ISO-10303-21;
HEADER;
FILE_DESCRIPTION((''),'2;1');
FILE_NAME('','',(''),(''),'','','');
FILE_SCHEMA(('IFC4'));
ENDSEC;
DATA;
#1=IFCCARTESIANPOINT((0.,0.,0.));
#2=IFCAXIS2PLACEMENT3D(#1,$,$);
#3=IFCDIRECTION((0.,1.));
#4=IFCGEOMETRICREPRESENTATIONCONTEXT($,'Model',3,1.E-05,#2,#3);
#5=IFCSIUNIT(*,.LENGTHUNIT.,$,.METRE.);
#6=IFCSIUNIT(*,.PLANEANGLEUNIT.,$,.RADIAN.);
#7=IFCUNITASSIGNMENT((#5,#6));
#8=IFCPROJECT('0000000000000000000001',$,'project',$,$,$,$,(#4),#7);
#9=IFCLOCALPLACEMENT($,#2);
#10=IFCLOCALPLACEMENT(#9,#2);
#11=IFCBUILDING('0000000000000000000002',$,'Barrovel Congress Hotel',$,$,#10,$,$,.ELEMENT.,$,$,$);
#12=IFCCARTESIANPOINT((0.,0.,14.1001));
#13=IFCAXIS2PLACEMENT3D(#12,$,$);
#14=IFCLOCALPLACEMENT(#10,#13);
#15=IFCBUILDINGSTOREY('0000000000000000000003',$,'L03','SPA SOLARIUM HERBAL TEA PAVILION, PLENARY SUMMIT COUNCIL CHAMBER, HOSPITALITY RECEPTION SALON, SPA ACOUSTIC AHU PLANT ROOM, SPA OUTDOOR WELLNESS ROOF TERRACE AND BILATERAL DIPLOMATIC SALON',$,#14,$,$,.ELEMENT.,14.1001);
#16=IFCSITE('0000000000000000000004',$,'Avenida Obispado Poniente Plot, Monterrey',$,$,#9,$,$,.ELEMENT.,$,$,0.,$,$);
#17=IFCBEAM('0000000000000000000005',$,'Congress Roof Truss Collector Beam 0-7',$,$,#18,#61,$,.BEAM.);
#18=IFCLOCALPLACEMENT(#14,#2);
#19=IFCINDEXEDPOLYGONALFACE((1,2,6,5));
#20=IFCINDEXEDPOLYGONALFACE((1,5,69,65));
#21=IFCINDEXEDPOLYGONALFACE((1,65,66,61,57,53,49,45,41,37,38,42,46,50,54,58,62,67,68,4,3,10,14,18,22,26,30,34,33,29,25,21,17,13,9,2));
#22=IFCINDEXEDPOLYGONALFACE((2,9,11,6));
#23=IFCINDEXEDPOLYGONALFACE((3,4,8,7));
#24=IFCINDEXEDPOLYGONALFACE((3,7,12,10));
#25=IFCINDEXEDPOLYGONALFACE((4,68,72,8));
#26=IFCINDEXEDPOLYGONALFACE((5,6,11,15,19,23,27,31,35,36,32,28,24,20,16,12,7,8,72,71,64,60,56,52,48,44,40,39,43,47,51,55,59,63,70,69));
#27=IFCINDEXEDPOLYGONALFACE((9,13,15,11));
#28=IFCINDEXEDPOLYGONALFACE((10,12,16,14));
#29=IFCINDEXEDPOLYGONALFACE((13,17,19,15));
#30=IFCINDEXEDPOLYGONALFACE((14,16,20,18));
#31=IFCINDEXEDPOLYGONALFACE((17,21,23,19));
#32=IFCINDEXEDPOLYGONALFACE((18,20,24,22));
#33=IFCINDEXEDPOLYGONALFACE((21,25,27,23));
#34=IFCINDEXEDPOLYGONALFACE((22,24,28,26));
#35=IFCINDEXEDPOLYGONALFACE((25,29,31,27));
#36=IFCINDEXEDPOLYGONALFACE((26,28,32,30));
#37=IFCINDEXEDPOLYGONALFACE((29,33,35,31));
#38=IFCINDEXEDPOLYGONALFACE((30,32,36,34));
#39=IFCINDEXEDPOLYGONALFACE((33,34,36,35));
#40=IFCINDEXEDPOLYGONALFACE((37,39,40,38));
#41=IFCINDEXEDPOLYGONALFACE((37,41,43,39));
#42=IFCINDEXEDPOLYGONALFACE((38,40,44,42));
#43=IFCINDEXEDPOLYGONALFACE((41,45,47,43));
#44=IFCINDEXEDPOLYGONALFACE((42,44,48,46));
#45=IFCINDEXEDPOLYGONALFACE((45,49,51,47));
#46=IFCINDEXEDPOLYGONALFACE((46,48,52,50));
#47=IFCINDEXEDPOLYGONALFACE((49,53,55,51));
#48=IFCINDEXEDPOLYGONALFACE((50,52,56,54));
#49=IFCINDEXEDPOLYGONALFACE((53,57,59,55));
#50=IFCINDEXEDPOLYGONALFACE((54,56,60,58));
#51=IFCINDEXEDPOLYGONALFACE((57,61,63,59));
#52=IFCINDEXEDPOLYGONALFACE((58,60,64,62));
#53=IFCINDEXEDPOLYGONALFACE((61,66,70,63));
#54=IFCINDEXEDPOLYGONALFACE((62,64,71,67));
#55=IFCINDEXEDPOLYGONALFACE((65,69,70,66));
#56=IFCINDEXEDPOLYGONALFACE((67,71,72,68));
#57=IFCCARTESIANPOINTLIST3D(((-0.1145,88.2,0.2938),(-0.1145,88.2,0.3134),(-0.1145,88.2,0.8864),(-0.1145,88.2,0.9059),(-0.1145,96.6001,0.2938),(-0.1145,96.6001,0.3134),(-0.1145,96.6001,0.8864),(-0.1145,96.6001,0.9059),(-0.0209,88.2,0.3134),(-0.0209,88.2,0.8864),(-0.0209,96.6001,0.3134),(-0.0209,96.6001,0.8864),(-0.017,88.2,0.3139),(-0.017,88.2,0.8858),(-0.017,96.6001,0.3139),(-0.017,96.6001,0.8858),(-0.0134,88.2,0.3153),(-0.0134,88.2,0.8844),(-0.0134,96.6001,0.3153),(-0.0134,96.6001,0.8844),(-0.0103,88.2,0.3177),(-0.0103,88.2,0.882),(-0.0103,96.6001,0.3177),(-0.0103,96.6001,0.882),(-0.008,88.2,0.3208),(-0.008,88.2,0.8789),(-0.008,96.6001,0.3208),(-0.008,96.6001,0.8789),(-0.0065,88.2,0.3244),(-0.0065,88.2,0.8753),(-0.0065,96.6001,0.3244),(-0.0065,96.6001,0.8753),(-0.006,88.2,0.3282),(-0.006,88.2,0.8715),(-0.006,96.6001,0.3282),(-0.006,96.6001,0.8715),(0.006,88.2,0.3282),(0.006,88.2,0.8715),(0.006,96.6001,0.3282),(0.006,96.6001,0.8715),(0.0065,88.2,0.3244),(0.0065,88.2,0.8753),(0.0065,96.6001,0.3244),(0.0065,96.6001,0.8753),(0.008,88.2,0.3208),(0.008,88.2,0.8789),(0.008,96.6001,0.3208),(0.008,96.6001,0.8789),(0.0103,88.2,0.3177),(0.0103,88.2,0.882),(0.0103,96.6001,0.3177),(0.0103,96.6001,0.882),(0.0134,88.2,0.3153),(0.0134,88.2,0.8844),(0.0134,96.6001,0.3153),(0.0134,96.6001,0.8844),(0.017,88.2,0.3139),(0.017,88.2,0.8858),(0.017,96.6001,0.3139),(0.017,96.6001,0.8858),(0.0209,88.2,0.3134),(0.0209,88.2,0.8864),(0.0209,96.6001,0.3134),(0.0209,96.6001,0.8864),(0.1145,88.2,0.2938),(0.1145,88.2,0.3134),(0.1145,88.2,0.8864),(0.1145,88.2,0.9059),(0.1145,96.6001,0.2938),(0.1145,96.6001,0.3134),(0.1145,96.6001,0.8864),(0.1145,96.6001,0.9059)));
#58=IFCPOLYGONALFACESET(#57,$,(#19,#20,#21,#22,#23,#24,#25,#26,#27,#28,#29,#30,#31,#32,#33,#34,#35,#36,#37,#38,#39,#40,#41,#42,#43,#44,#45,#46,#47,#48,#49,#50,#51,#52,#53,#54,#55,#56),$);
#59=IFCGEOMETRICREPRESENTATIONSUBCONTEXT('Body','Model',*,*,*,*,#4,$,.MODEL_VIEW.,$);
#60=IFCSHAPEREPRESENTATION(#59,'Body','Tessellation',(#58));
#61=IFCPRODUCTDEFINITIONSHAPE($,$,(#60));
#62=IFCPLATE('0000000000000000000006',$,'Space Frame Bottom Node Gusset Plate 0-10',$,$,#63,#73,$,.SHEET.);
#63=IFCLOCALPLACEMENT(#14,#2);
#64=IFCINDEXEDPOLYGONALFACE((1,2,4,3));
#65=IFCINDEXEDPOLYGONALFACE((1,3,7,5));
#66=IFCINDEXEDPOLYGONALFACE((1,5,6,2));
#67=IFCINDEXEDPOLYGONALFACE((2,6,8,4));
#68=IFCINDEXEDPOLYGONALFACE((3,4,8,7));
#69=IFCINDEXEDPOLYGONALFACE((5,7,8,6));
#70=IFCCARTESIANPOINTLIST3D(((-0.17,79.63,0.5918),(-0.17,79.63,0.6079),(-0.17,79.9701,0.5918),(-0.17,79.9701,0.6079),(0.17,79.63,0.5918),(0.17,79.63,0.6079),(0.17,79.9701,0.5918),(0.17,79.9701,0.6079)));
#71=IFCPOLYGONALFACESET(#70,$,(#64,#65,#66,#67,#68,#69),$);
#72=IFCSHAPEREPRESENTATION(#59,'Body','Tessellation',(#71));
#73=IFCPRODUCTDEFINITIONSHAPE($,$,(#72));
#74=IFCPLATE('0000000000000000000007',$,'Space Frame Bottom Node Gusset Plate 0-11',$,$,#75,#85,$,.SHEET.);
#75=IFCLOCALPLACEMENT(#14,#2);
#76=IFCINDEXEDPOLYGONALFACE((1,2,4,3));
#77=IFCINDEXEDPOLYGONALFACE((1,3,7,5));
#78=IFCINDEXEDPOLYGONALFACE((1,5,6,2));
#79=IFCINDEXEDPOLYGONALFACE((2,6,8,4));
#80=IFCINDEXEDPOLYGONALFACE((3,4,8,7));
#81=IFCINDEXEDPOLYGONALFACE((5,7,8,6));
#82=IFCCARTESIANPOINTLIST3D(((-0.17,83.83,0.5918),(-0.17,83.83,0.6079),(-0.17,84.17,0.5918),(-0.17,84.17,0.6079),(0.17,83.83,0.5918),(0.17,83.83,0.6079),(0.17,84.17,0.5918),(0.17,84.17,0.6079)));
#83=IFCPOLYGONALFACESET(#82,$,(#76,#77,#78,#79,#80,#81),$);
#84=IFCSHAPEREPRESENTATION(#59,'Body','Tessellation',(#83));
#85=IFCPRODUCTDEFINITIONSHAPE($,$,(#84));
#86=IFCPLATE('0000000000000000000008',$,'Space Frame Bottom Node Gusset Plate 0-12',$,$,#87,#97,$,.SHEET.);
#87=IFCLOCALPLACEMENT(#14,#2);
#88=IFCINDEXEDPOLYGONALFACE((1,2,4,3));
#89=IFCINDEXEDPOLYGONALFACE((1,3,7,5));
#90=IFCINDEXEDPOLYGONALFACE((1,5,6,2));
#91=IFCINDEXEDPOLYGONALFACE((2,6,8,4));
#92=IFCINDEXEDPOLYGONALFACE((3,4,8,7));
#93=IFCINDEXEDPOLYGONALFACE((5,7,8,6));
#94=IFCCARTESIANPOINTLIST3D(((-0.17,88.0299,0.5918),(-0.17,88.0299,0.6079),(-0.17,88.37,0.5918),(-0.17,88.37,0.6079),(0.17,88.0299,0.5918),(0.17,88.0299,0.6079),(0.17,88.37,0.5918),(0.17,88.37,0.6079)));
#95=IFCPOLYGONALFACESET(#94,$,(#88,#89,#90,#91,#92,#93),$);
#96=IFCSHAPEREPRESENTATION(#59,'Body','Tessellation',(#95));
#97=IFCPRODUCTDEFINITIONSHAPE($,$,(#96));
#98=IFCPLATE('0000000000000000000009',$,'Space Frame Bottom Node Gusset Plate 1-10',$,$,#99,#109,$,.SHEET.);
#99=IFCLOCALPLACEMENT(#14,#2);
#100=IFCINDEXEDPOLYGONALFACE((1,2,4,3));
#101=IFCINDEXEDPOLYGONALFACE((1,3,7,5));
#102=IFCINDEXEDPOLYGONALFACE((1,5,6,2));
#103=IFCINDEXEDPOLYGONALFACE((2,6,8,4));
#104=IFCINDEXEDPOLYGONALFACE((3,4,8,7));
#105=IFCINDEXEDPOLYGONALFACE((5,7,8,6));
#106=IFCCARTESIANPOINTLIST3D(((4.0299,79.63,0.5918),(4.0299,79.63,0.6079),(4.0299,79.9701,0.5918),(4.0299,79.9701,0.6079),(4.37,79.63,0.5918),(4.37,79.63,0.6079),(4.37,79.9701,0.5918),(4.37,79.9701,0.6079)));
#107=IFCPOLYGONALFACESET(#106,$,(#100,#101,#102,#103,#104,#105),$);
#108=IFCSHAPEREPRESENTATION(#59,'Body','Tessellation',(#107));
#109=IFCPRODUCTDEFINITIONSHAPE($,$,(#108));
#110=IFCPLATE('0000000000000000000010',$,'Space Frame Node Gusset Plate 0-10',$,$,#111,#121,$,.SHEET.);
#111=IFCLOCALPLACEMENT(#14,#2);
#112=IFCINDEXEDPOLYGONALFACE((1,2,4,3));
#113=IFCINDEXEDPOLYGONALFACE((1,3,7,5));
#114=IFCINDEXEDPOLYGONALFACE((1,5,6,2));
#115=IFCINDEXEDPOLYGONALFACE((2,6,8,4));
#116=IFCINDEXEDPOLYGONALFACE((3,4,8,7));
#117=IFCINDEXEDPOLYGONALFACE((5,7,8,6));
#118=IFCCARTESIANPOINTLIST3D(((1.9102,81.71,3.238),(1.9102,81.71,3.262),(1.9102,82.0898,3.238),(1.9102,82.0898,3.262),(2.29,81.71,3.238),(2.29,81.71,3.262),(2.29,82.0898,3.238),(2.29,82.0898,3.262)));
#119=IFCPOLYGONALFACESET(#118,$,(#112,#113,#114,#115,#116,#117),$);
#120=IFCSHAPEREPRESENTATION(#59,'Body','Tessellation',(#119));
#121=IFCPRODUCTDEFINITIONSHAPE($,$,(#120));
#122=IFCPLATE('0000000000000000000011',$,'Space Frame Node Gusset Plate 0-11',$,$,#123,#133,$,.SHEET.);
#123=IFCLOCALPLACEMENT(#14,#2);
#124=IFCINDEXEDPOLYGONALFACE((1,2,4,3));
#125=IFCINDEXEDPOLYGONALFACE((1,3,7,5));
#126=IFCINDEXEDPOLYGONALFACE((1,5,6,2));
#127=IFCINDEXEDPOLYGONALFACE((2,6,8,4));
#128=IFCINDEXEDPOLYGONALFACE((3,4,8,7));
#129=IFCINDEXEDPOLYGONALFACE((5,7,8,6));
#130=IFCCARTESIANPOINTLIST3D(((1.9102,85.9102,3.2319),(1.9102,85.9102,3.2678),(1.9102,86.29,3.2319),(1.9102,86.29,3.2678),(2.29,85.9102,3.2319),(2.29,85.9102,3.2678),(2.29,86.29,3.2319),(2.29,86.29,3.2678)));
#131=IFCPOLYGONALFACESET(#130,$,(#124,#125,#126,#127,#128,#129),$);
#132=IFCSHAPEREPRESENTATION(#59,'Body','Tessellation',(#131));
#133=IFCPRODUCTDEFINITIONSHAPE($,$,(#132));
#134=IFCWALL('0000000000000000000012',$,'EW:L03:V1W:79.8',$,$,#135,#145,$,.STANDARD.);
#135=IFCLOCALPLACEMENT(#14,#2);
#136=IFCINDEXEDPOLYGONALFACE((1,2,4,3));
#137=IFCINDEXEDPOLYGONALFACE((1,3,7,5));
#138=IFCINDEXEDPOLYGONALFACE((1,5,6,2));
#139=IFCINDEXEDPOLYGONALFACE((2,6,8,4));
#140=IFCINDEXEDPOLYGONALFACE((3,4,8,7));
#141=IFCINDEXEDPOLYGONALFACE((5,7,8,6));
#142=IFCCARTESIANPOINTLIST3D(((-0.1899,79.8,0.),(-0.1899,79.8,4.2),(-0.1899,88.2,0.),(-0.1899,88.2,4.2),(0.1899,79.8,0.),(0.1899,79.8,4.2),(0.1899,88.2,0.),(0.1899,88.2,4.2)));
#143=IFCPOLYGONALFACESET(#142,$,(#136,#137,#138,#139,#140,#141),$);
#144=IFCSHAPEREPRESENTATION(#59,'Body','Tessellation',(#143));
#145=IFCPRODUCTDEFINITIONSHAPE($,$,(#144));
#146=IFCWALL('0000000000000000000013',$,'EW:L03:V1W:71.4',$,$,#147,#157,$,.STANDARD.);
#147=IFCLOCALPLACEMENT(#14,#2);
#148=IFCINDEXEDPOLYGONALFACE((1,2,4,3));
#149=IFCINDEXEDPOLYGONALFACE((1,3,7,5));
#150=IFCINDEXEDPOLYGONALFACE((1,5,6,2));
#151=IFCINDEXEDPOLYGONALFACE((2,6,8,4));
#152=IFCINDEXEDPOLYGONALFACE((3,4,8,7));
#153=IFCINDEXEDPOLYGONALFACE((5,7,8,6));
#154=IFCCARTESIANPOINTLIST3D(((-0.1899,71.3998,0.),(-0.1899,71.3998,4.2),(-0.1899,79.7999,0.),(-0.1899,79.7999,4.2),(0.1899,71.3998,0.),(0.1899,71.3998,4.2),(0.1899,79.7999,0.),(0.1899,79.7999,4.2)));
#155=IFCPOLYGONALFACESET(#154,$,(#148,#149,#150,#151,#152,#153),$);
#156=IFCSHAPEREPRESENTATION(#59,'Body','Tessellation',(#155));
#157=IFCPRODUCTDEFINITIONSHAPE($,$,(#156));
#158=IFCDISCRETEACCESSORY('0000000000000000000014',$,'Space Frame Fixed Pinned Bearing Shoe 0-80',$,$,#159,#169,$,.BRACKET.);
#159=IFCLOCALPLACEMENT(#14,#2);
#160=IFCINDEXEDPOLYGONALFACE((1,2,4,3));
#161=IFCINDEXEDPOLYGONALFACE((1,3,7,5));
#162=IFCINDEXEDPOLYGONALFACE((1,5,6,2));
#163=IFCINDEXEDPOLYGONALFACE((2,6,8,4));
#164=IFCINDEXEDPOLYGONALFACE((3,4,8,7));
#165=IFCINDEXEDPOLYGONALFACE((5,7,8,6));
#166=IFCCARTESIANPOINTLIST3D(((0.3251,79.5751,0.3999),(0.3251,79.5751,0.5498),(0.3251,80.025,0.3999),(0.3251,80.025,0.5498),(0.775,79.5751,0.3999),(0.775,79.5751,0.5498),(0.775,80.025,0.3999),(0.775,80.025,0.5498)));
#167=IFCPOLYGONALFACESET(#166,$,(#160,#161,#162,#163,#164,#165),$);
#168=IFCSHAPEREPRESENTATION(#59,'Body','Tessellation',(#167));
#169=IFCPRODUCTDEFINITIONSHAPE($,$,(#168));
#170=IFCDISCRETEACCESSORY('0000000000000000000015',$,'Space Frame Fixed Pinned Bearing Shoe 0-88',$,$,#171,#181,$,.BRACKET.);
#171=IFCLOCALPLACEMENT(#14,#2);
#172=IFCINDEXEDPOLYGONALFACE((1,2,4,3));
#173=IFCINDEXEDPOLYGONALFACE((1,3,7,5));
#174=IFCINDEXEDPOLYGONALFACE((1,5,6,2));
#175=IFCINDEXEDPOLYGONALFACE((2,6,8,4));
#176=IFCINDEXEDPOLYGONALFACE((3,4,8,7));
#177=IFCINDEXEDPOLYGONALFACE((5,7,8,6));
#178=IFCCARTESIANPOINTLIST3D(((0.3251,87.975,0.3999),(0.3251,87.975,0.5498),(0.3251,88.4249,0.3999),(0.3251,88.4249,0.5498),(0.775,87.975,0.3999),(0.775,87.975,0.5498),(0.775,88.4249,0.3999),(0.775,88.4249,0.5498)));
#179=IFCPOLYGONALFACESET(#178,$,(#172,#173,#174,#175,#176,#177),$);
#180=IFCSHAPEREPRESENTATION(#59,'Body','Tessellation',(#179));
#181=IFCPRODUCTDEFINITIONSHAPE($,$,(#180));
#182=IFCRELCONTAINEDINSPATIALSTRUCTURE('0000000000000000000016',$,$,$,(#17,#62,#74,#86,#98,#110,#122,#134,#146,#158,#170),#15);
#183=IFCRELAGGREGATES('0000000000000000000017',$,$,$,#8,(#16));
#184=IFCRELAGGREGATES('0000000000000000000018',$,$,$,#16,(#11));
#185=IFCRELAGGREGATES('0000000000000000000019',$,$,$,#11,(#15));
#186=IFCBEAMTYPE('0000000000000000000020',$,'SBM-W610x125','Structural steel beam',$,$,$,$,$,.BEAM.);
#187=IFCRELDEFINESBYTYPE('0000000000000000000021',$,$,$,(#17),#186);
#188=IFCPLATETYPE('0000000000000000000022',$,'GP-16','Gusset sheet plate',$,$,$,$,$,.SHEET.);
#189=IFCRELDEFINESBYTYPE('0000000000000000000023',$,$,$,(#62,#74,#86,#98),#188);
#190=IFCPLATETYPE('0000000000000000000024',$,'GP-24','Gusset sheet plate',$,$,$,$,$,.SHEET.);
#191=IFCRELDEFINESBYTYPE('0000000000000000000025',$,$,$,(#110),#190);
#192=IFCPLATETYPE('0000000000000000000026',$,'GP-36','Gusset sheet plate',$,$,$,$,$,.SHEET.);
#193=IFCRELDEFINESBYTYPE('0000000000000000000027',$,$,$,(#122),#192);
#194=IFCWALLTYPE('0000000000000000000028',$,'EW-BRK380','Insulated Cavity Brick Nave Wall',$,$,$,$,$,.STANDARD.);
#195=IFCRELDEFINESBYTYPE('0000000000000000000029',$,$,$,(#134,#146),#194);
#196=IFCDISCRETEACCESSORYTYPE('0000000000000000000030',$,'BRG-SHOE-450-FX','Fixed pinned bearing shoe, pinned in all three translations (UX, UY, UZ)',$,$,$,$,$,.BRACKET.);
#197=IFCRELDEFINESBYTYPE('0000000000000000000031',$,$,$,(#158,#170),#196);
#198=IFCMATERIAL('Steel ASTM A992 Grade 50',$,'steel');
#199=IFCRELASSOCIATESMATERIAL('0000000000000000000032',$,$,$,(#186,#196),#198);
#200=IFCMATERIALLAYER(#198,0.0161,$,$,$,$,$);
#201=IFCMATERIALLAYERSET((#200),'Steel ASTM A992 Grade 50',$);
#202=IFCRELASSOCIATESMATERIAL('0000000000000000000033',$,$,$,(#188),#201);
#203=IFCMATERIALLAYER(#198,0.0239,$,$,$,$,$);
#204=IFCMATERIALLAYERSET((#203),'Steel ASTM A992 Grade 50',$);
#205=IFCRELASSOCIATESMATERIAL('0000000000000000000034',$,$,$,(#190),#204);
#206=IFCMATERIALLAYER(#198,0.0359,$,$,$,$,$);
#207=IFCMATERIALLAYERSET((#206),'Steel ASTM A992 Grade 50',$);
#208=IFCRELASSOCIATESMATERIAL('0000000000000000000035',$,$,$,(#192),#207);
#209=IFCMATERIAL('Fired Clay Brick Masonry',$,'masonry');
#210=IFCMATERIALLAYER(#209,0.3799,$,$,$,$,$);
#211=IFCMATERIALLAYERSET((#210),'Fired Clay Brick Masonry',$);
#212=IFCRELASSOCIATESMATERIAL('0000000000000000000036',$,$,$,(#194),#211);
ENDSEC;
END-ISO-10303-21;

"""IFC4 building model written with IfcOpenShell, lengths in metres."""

from ifc_helpers import new_model, si_unit, direction, frame, frame_2d, origin, origin_2d, place, context, subcontext, project, spatial, rectangle, i_section, extrude, material, layer, layer_set, material_profile, profile_set, type_object, element, save


model = new_model("IFC4")

# Units and contexts
model_context = context("Model", 3, precision=1e-05, world=origin(), true_north=direction((0.0, 1.0)))
body_context = subcontext(model_context, "Body", "Model", "MODEL_VIEW")
ifc_project = project(units=[si_unit("LENGTHUNIT", "METRE"), si_unit("PLANEANGLEUNIT", "RADIAN")], contexts=[model_context])

# Site, building, storey
site_placement = place(None, origin())
site = spatial("IfcSite", under=ifc_project, at=site_placement, Name="Avenida Obispado Poniente Plot, Monterrey", CompositionType="ELEMENT", RefElevation=0.0)
building_placement = place(site_placement, origin())
building = spatial("IfcBuilding", under=site, at=building_placement, Name="Barrovel Congress Hotel", CompositionType="ELEMENT")
storey_placement = place(building_placement, frame((0.0, 0.0, 14.1001)))
storey = spatial("IfcBuildingStorey", under=building, at=storey_placement, Name="L03", Description="SPA SOLARIUM HERBAL TEA PAVILION, PLENARY SUMMIT COUNCIL CHAMBER, HOSPITALITY RECEPTION SALON, SPA ACOUSTIC AHU PLANT ROOM, SPA OUTDOOR WELLNESS ROOF TERRACE AND BILATERAL DIPLOMATIC SALON", CompositionType="ELEMENT", Elevation=14.1001)

# Beam
ifc_material_1 = material(Name="Steel ASTM A992 Grade 50", Category="steel")
ifc_material_profile_1 = material_profile(ifc_material_1, i_section(OverallWidth=0.229, OverallDepth=0.6121, WebThickness=0.012, FlangeThickness=0.0195, FilletRadius=0.0149, at=origin_2d()), Name="W610x125")
ifc_profile_set_1 = profile_set([ifc_material_profile_1], Name="Steel ASTM A992 Grade 50")
beam_type_1 = type_object("IfcBeamType", Name="SBM-W610x125", Description="Structural steel beam", PredefinedType="BEAM", material=ifc_profile_set_1)
beam_1_placement = place(storey_placement, frame((0.0, 88.2, 0.5999), z_axis=(0.0, 1.0, 0.0), x_axis=(-1.0, 0.0, 0.0)))
element("IfcBeam", 1, at=beam_1_placement, inside=storey, type_object=beam_type_1, Name="Congress Roof Truss Collector Beam 0-7", PredefinedType="BEAM", context=body_context, shape_type="SweptSolid", body=[
    extrude(i_section(OverallWidth=0.229, OverallDepth=0.6121, WebThickness=0.012, FlangeThickness=0.0195, FilletRadius=0.0149, at=origin_2d()), origin(), (0.0, 0.0, 1.0), 8.4001),
])

# Plates
ifc_layer_1 = layer(ifc_material_1, 0.0161)
ifc_layer_set_1 = layer_set([ifc_layer_1], Name="Steel ASTM A992 Grade 50")
plate_type_1 = type_object("IfcPlateType", Name="GP-16", Description="Gusset sheet plate", PredefinedType="SHEET", material=ifc_layer_set_1)
for number, where, z_axis, x_axis, name in (
    (2, (0.0, 79.8, 0.5918), (0.0, 0.0, 1.0), (1.0, 0.0, 0.0), "Space Frame Bottom Node Gusset Plate 0-10"),
    (3, (0.0, 84.0, 0.5918), (0.0, 0.0, 1.0), (1.0, 0.0, 0.0), "Space Frame Bottom Node Gusset Plate 0-11"),
    (4, (0.0, 88.2, 0.5918), (0.0, 0.0, 1.0), (1.0, 0.0, 0.0), "Space Frame Bottom Node Gusset Plate 0-12"),
    (5, (4.2, 79.8, 0.5918), (0.0, 0.0, 1.0), (1.0, 0.0, 0.0), "Space Frame Bottom Node Gusset Plate 1-10"),
):
    element("IfcPlate", number, at=place(storey_placement, frame(where, z_axis=z_axis, x_axis=x_axis)), inside=storey, type_object=plate_type_1, Name=name, PredefinedType="SHEET", context=body_context, shape_type="SweptSolid", body=[
        extrude(rectangle(XDim=0.3401, YDim=0.3401, at=origin_2d()), origin(), (0.0, 0.0, 1.0), 0.0161),
    ])
ifc_layer_2 = layer(ifc_material_1, 0.0239)
ifc_layer_set_2 = layer_set([ifc_layer_2], Name="Steel ASTM A992 Grade 50")
plate_type_2 = type_object("IfcPlateType", Name="GP-24", Description="Gusset sheet plate", PredefinedType="SHEET", material=ifc_layer_set_2)
plate_1_placement = place(storey_placement, frame((2.1001, 81.8999, 3.238), z_axis=(0.0, 0.0, 1.0), x_axis=(1.0, 0.0, 0.0)))
element("IfcPlate", 6, at=plate_1_placement, inside=storey, type_object=plate_type_2, Name="Space Frame Node Gusset Plate 0-10", PredefinedType="SHEET", context=body_context, shape_type="SweptSolid", body=[
    extrude(rectangle(XDim=0.3799, YDim=0.3799, at=origin_2d()), origin(), (0.0, 0.0, 1.0), 0.0239),
])
ifc_layer_3 = layer(ifc_material_1, 0.0359)
ifc_layer_set_3 = layer_set([ifc_layer_3], Name="Steel ASTM A992 Grade 50")
plate_type_3 = type_object("IfcPlateType", Name="GP-36", Description="Gusset sheet plate", PredefinedType="SHEET", material=ifc_layer_set_3)
plate_2_placement = place(storey_placement, frame((2.1001, 86.1001, 3.2319), z_axis=(0.0, 0.0, 1.0), x_axis=(1.0, 0.0, 0.0)))
element("IfcPlate", 7, at=plate_2_placement, inside=storey, type_object=plate_type_3, Name="Space Frame Node Gusset Plate 0-11", PredefinedType="SHEET", context=body_context, shape_type="SweptSolid", body=[
    extrude(rectangle(XDim=0.3799, YDim=0.3799, at=origin_2d()), origin(), (0.0, 0.0, 1.0), 0.0359),
])

# Walls
ifc_material_2 = material(Name="Fired Clay Brick Masonry", Category="masonry")
ifc_layer_4 = layer(ifc_material_2, 0.3799)
ifc_layer_set_4 = layer_set([ifc_layer_4], Name="Fired Clay Brick Masonry")
wall_type = type_object("IfcWallType", Name="EW-BRK380", Description="Insulated Cavity Brick Nave Wall", PredefinedType="STANDARD", material=ifc_layer_set_4)
wall_1_placement = place(storey_placement, frame((0.0, 88.2, 0.0), z_axis=(0.0, 0.0, 1.0), x_axis=(0.0, -1.0, 0.0)))
element("IfcWall", 8, at=wall_1_placement, inside=storey, type_object=wall_type, Name="EW:L03:V1W:79.8", PredefinedType="STANDARD", context=body_context, shape_type="SweptSolid", body=[
    extrude(rectangle(XDim=8.3999, YDim=0.3799, at=frame_2d((4.2, 0.0))), origin(), (0.0, 0.0, 1.0), 4.2),
])
wall_2_placement = place(storey_placement, frame((0.0, 79.8, 0.0), z_axis=(0.0, 0.0, 1.0), x_axis=(0.0, -1.0, 0.0)))
element("IfcWall", 9, at=wall_2_placement, inside=storey, type_object=wall_type, Name="EW:L03:V1W:71.4", PredefinedType="STANDARD", context=body_context, shape_type="SweptSolid", body=[
    extrude(rectangle(XDim=8.4001, YDim=0.3799, at=frame_2d((4.2002, 0.0))), origin(), (0.0, 0.0, 1.0), 4.2),
])

# Discrete accessories
discrete_accessory_type = type_object("IfcDiscreteAccessoryType", Name="BRG-SHOE-450-FX", Description="Fixed pinned bearing shoe, pinned in all three translations (UX, UY, UZ)", PredefinedType="BRACKET", material=ifc_material_1)
for number, where, z_axis, x_axis, name in (
    (10, (0.55, 79.8, 0.3999), (0.0, 0.0, 1.0), (1.0, 0.0, 0.0), "Space Frame Fixed Pinned Bearing Shoe 0-80"),
    (11, (0.55, 88.2, 0.3999), (0.0, 0.0, 1.0), (1.0, 0.0, 0.0), "Space Frame Fixed Pinned Bearing Shoe 0-88"),
):
    element("IfcDiscreteAccessory", number, at=place(storey_placement, frame(where, z_axis=z_axis, x_axis=x_axis)), inside=storey, type_object=discrete_accessory_type, Name=name, PredefinedType="BRACKET", context=body_context, shape_type="SweptSolid", body=[
        extrude(rectangle(XDim=0.45, YDim=0.45, at=origin_2d()), origin(), (0.0, 0.0, 1.0), 0.1499),
    ])

save(model, "model.ifc")
